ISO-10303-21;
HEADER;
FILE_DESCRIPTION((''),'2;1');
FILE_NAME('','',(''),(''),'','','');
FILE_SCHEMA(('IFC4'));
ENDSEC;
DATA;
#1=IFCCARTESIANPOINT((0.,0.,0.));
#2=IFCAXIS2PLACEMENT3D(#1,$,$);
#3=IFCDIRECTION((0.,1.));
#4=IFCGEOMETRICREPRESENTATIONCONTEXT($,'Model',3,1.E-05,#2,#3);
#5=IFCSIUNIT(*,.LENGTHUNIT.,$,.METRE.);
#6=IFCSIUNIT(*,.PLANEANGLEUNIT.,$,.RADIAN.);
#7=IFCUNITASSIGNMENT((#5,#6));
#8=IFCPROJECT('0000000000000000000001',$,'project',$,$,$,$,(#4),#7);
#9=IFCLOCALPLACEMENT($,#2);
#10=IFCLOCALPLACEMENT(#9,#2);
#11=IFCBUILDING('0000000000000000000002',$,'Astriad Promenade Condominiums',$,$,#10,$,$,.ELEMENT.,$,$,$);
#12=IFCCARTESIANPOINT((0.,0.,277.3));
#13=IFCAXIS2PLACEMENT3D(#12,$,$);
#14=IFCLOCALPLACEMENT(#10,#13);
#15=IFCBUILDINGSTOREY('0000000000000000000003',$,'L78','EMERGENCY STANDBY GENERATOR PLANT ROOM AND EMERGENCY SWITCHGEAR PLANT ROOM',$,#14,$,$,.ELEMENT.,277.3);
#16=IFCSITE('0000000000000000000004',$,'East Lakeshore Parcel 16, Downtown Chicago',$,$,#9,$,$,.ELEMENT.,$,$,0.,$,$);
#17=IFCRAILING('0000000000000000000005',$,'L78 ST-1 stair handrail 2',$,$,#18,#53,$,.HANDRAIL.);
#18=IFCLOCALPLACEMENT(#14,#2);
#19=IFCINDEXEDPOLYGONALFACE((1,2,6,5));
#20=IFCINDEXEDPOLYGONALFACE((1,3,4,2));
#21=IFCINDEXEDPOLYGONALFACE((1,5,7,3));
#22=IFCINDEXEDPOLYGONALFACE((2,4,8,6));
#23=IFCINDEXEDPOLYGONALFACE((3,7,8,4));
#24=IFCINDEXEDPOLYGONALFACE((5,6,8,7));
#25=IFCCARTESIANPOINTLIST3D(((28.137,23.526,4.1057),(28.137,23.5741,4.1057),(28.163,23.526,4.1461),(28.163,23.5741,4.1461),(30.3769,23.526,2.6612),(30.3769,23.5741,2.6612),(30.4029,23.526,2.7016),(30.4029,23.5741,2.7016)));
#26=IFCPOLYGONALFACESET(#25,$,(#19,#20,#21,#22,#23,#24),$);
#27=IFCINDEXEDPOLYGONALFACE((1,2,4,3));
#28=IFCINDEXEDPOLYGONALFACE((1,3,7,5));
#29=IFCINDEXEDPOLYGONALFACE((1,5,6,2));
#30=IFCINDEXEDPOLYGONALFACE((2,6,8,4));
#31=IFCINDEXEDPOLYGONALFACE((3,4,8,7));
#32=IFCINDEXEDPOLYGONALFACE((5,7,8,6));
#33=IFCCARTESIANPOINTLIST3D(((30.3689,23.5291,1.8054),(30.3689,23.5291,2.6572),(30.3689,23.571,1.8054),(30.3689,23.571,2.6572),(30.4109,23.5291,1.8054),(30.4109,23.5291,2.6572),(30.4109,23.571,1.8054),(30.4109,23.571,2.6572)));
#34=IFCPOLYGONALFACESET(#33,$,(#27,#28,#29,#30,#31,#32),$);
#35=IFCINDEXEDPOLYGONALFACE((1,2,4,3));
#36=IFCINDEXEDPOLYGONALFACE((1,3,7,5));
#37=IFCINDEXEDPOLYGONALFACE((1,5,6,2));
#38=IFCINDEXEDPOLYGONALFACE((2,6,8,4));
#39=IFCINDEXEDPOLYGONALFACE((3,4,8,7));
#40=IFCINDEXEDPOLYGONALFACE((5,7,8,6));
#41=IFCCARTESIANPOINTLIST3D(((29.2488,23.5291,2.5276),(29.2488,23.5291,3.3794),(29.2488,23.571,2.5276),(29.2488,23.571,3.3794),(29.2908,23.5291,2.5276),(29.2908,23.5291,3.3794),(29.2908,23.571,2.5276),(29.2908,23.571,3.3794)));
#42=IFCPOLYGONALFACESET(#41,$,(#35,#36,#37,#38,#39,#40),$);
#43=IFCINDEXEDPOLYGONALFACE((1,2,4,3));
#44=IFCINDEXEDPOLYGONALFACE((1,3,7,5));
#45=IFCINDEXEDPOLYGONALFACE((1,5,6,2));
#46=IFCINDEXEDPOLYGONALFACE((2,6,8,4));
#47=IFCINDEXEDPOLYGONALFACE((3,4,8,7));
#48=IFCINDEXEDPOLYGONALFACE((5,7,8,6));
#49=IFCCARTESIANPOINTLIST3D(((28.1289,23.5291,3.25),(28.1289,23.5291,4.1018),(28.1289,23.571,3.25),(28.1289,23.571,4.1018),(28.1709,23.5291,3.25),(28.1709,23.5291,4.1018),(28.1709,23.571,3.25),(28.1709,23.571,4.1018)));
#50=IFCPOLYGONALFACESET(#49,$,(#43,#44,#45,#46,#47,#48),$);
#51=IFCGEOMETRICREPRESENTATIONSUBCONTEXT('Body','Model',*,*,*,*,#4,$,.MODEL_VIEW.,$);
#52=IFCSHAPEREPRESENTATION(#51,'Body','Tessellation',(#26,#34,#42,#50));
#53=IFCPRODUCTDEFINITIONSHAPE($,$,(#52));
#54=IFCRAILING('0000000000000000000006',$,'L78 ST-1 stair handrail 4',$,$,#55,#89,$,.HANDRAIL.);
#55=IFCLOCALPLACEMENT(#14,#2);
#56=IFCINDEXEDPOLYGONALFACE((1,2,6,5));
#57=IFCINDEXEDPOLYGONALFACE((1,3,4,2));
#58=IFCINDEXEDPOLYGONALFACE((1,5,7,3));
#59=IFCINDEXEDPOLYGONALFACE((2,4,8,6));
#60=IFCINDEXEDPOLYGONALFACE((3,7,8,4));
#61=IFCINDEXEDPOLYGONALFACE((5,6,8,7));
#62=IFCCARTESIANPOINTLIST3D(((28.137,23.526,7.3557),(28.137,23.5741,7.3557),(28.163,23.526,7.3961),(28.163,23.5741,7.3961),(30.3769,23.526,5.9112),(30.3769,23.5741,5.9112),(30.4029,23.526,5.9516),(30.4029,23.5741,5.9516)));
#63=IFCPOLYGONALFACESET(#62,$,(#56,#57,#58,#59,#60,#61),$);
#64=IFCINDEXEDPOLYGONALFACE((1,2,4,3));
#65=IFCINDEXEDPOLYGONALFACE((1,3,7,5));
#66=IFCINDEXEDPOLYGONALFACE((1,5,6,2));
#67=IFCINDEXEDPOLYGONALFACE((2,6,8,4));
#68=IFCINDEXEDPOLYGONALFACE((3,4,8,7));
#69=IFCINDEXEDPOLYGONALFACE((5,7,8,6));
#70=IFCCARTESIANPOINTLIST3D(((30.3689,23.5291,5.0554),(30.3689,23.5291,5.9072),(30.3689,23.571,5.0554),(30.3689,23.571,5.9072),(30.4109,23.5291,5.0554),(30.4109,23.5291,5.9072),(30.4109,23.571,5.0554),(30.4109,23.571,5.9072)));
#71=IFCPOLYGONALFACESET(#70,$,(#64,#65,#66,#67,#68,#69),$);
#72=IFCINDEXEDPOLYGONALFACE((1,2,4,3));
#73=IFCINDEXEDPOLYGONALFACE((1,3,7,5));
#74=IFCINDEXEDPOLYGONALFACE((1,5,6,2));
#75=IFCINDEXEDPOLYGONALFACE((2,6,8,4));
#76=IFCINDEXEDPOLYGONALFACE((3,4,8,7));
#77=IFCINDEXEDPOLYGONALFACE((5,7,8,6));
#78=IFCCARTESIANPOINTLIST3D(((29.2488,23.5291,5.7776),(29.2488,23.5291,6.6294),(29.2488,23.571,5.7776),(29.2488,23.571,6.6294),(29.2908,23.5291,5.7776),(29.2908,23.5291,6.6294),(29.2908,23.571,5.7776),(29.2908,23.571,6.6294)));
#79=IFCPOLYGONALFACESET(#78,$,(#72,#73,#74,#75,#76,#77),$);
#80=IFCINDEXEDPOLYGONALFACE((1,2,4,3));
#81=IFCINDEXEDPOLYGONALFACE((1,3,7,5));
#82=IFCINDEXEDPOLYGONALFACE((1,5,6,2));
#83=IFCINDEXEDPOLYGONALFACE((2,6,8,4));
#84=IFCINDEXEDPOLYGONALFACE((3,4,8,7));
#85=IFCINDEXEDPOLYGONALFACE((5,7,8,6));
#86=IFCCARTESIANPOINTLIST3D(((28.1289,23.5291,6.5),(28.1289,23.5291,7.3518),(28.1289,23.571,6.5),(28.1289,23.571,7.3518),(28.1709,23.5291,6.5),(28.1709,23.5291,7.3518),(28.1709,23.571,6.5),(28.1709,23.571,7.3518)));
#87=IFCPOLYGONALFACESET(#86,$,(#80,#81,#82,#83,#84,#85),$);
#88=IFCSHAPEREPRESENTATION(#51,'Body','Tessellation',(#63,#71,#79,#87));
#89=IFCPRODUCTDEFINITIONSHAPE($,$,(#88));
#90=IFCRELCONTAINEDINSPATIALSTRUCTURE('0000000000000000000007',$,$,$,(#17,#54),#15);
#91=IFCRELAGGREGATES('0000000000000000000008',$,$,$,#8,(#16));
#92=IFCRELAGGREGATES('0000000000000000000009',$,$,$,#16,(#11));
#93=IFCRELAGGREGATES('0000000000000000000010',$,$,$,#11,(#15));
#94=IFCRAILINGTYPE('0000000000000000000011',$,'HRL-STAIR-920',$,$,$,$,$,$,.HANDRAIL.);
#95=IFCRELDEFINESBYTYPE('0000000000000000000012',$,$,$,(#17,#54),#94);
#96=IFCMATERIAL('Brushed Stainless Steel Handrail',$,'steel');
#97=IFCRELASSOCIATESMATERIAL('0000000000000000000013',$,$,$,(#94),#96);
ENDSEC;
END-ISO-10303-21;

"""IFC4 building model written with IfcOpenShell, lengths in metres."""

from ifc_helpers import new_model, si_unit, direction, frame, origin, origin_2d, place, context, subcontext, project, spatial, rectangle, extrude, source, transform, mapped, material, type_object, type_shapes, element, save


model = new_model("IFC4")

# Units and contexts
model_context = context("Model", 3, precision=1e-05, world=origin(), true_north=direction((0.0, 1.0)))
body_context = subcontext(model_context, "Body", "Model", "MODEL_VIEW")
ifc_project = project(units=[si_unit("LENGTHUNIT", "METRE"), si_unit("PLANEANGLEUNIT", "RADIAN")], contexts=[model_context])

# Site, building, storey
site_placement = place(None, origin())
site = spatial("IfcSite", under=ifc_project, at=site_placement, Name="East Lakeshore Parcel 16, Downtown Chicago", CompositionType="ELEMENT", RefElevation=0.0)
building_placement = place(site_placement, origin())
building = spatial("IfcBuilding", under=site, at=building_placement, Name="Astriad Promenade Condominiums", CompositionType="ELEMENT")
storey_placement = place(building_placement, frame((0.0, 0.0, 277.3)))
storey = spatial("IfcBuildingStorey", under=building, at=storey_placement, Name="L78", Description="EMERGENCY STANDBY GENERATOR PLANT ROOM AND EMERGENCY SWITCHGEAR PLANT ROOM", CompositionType="ELEMENT", Elevation=277.3)

# Railings
ifc_material_1 = material(Name="Brushed Stainless Steel Handrail", Category="steel")
railing_type_1 = type_object("IfcRailingType", Name="HRL-STAIR-920", PredefinedType="HANDRAIL", material=ifc_material_1)
shared_shape_1 = source(origin(), body_context, "Body", "SweptSolid", [
    extrude(rectangle(XDim=0.0481, YDim=0.0481, at=origin_2d()), frame((0.0, 0.0, 0.876), z_axis=(-0.840395, 0.0, 0.541975), x_axis=(0.0, -1.0, 0.0)), (0.0, 0.0, 1.0), 2.6653),
    extrude(rectangle(XDim=0.042, YDim=0.042, at=origin_2d()), origin(), (0.0, 0.0, 1.0), 0.8518),
    extrude(rectangle(XDim=0.042, YDim=0.042, at=origin_2d()), frame((-1.1201, 0.0, 0.7222)), (0.0, 0.0, 1.0), 0.8518),
    extrude(rectangle(XDim=0.042, YDim=0.042, at=origin_2d()), frame((-2.24, 0.0, 1.4446)), (0.0, 0.0, 1.0), 0.8518),
])
type_shapes(railing_type_1, [shared_shape_1])
for number, where, name in (
    (1, (30.3899, 23.55, 1.8054), "L78 ST-1 stair handrail 2"),
    (2, (30.3899, 23.55, 5.0554), "L78 ST-1 stair handrail 4"),
):
    element("IfcRailing", number, at=place(storey_placement, frame(where)), inside=storey, type_object=railing_type_1, Name=name, PredefinedType="HANDRAIL", context=body_context, shape_type="MappedRepresentation", body=[
        mapped(shared_shape_1, transform((0.0, 0.0, 0.0), scale=1.0)),
    ])

save(model, "model.ifc")
